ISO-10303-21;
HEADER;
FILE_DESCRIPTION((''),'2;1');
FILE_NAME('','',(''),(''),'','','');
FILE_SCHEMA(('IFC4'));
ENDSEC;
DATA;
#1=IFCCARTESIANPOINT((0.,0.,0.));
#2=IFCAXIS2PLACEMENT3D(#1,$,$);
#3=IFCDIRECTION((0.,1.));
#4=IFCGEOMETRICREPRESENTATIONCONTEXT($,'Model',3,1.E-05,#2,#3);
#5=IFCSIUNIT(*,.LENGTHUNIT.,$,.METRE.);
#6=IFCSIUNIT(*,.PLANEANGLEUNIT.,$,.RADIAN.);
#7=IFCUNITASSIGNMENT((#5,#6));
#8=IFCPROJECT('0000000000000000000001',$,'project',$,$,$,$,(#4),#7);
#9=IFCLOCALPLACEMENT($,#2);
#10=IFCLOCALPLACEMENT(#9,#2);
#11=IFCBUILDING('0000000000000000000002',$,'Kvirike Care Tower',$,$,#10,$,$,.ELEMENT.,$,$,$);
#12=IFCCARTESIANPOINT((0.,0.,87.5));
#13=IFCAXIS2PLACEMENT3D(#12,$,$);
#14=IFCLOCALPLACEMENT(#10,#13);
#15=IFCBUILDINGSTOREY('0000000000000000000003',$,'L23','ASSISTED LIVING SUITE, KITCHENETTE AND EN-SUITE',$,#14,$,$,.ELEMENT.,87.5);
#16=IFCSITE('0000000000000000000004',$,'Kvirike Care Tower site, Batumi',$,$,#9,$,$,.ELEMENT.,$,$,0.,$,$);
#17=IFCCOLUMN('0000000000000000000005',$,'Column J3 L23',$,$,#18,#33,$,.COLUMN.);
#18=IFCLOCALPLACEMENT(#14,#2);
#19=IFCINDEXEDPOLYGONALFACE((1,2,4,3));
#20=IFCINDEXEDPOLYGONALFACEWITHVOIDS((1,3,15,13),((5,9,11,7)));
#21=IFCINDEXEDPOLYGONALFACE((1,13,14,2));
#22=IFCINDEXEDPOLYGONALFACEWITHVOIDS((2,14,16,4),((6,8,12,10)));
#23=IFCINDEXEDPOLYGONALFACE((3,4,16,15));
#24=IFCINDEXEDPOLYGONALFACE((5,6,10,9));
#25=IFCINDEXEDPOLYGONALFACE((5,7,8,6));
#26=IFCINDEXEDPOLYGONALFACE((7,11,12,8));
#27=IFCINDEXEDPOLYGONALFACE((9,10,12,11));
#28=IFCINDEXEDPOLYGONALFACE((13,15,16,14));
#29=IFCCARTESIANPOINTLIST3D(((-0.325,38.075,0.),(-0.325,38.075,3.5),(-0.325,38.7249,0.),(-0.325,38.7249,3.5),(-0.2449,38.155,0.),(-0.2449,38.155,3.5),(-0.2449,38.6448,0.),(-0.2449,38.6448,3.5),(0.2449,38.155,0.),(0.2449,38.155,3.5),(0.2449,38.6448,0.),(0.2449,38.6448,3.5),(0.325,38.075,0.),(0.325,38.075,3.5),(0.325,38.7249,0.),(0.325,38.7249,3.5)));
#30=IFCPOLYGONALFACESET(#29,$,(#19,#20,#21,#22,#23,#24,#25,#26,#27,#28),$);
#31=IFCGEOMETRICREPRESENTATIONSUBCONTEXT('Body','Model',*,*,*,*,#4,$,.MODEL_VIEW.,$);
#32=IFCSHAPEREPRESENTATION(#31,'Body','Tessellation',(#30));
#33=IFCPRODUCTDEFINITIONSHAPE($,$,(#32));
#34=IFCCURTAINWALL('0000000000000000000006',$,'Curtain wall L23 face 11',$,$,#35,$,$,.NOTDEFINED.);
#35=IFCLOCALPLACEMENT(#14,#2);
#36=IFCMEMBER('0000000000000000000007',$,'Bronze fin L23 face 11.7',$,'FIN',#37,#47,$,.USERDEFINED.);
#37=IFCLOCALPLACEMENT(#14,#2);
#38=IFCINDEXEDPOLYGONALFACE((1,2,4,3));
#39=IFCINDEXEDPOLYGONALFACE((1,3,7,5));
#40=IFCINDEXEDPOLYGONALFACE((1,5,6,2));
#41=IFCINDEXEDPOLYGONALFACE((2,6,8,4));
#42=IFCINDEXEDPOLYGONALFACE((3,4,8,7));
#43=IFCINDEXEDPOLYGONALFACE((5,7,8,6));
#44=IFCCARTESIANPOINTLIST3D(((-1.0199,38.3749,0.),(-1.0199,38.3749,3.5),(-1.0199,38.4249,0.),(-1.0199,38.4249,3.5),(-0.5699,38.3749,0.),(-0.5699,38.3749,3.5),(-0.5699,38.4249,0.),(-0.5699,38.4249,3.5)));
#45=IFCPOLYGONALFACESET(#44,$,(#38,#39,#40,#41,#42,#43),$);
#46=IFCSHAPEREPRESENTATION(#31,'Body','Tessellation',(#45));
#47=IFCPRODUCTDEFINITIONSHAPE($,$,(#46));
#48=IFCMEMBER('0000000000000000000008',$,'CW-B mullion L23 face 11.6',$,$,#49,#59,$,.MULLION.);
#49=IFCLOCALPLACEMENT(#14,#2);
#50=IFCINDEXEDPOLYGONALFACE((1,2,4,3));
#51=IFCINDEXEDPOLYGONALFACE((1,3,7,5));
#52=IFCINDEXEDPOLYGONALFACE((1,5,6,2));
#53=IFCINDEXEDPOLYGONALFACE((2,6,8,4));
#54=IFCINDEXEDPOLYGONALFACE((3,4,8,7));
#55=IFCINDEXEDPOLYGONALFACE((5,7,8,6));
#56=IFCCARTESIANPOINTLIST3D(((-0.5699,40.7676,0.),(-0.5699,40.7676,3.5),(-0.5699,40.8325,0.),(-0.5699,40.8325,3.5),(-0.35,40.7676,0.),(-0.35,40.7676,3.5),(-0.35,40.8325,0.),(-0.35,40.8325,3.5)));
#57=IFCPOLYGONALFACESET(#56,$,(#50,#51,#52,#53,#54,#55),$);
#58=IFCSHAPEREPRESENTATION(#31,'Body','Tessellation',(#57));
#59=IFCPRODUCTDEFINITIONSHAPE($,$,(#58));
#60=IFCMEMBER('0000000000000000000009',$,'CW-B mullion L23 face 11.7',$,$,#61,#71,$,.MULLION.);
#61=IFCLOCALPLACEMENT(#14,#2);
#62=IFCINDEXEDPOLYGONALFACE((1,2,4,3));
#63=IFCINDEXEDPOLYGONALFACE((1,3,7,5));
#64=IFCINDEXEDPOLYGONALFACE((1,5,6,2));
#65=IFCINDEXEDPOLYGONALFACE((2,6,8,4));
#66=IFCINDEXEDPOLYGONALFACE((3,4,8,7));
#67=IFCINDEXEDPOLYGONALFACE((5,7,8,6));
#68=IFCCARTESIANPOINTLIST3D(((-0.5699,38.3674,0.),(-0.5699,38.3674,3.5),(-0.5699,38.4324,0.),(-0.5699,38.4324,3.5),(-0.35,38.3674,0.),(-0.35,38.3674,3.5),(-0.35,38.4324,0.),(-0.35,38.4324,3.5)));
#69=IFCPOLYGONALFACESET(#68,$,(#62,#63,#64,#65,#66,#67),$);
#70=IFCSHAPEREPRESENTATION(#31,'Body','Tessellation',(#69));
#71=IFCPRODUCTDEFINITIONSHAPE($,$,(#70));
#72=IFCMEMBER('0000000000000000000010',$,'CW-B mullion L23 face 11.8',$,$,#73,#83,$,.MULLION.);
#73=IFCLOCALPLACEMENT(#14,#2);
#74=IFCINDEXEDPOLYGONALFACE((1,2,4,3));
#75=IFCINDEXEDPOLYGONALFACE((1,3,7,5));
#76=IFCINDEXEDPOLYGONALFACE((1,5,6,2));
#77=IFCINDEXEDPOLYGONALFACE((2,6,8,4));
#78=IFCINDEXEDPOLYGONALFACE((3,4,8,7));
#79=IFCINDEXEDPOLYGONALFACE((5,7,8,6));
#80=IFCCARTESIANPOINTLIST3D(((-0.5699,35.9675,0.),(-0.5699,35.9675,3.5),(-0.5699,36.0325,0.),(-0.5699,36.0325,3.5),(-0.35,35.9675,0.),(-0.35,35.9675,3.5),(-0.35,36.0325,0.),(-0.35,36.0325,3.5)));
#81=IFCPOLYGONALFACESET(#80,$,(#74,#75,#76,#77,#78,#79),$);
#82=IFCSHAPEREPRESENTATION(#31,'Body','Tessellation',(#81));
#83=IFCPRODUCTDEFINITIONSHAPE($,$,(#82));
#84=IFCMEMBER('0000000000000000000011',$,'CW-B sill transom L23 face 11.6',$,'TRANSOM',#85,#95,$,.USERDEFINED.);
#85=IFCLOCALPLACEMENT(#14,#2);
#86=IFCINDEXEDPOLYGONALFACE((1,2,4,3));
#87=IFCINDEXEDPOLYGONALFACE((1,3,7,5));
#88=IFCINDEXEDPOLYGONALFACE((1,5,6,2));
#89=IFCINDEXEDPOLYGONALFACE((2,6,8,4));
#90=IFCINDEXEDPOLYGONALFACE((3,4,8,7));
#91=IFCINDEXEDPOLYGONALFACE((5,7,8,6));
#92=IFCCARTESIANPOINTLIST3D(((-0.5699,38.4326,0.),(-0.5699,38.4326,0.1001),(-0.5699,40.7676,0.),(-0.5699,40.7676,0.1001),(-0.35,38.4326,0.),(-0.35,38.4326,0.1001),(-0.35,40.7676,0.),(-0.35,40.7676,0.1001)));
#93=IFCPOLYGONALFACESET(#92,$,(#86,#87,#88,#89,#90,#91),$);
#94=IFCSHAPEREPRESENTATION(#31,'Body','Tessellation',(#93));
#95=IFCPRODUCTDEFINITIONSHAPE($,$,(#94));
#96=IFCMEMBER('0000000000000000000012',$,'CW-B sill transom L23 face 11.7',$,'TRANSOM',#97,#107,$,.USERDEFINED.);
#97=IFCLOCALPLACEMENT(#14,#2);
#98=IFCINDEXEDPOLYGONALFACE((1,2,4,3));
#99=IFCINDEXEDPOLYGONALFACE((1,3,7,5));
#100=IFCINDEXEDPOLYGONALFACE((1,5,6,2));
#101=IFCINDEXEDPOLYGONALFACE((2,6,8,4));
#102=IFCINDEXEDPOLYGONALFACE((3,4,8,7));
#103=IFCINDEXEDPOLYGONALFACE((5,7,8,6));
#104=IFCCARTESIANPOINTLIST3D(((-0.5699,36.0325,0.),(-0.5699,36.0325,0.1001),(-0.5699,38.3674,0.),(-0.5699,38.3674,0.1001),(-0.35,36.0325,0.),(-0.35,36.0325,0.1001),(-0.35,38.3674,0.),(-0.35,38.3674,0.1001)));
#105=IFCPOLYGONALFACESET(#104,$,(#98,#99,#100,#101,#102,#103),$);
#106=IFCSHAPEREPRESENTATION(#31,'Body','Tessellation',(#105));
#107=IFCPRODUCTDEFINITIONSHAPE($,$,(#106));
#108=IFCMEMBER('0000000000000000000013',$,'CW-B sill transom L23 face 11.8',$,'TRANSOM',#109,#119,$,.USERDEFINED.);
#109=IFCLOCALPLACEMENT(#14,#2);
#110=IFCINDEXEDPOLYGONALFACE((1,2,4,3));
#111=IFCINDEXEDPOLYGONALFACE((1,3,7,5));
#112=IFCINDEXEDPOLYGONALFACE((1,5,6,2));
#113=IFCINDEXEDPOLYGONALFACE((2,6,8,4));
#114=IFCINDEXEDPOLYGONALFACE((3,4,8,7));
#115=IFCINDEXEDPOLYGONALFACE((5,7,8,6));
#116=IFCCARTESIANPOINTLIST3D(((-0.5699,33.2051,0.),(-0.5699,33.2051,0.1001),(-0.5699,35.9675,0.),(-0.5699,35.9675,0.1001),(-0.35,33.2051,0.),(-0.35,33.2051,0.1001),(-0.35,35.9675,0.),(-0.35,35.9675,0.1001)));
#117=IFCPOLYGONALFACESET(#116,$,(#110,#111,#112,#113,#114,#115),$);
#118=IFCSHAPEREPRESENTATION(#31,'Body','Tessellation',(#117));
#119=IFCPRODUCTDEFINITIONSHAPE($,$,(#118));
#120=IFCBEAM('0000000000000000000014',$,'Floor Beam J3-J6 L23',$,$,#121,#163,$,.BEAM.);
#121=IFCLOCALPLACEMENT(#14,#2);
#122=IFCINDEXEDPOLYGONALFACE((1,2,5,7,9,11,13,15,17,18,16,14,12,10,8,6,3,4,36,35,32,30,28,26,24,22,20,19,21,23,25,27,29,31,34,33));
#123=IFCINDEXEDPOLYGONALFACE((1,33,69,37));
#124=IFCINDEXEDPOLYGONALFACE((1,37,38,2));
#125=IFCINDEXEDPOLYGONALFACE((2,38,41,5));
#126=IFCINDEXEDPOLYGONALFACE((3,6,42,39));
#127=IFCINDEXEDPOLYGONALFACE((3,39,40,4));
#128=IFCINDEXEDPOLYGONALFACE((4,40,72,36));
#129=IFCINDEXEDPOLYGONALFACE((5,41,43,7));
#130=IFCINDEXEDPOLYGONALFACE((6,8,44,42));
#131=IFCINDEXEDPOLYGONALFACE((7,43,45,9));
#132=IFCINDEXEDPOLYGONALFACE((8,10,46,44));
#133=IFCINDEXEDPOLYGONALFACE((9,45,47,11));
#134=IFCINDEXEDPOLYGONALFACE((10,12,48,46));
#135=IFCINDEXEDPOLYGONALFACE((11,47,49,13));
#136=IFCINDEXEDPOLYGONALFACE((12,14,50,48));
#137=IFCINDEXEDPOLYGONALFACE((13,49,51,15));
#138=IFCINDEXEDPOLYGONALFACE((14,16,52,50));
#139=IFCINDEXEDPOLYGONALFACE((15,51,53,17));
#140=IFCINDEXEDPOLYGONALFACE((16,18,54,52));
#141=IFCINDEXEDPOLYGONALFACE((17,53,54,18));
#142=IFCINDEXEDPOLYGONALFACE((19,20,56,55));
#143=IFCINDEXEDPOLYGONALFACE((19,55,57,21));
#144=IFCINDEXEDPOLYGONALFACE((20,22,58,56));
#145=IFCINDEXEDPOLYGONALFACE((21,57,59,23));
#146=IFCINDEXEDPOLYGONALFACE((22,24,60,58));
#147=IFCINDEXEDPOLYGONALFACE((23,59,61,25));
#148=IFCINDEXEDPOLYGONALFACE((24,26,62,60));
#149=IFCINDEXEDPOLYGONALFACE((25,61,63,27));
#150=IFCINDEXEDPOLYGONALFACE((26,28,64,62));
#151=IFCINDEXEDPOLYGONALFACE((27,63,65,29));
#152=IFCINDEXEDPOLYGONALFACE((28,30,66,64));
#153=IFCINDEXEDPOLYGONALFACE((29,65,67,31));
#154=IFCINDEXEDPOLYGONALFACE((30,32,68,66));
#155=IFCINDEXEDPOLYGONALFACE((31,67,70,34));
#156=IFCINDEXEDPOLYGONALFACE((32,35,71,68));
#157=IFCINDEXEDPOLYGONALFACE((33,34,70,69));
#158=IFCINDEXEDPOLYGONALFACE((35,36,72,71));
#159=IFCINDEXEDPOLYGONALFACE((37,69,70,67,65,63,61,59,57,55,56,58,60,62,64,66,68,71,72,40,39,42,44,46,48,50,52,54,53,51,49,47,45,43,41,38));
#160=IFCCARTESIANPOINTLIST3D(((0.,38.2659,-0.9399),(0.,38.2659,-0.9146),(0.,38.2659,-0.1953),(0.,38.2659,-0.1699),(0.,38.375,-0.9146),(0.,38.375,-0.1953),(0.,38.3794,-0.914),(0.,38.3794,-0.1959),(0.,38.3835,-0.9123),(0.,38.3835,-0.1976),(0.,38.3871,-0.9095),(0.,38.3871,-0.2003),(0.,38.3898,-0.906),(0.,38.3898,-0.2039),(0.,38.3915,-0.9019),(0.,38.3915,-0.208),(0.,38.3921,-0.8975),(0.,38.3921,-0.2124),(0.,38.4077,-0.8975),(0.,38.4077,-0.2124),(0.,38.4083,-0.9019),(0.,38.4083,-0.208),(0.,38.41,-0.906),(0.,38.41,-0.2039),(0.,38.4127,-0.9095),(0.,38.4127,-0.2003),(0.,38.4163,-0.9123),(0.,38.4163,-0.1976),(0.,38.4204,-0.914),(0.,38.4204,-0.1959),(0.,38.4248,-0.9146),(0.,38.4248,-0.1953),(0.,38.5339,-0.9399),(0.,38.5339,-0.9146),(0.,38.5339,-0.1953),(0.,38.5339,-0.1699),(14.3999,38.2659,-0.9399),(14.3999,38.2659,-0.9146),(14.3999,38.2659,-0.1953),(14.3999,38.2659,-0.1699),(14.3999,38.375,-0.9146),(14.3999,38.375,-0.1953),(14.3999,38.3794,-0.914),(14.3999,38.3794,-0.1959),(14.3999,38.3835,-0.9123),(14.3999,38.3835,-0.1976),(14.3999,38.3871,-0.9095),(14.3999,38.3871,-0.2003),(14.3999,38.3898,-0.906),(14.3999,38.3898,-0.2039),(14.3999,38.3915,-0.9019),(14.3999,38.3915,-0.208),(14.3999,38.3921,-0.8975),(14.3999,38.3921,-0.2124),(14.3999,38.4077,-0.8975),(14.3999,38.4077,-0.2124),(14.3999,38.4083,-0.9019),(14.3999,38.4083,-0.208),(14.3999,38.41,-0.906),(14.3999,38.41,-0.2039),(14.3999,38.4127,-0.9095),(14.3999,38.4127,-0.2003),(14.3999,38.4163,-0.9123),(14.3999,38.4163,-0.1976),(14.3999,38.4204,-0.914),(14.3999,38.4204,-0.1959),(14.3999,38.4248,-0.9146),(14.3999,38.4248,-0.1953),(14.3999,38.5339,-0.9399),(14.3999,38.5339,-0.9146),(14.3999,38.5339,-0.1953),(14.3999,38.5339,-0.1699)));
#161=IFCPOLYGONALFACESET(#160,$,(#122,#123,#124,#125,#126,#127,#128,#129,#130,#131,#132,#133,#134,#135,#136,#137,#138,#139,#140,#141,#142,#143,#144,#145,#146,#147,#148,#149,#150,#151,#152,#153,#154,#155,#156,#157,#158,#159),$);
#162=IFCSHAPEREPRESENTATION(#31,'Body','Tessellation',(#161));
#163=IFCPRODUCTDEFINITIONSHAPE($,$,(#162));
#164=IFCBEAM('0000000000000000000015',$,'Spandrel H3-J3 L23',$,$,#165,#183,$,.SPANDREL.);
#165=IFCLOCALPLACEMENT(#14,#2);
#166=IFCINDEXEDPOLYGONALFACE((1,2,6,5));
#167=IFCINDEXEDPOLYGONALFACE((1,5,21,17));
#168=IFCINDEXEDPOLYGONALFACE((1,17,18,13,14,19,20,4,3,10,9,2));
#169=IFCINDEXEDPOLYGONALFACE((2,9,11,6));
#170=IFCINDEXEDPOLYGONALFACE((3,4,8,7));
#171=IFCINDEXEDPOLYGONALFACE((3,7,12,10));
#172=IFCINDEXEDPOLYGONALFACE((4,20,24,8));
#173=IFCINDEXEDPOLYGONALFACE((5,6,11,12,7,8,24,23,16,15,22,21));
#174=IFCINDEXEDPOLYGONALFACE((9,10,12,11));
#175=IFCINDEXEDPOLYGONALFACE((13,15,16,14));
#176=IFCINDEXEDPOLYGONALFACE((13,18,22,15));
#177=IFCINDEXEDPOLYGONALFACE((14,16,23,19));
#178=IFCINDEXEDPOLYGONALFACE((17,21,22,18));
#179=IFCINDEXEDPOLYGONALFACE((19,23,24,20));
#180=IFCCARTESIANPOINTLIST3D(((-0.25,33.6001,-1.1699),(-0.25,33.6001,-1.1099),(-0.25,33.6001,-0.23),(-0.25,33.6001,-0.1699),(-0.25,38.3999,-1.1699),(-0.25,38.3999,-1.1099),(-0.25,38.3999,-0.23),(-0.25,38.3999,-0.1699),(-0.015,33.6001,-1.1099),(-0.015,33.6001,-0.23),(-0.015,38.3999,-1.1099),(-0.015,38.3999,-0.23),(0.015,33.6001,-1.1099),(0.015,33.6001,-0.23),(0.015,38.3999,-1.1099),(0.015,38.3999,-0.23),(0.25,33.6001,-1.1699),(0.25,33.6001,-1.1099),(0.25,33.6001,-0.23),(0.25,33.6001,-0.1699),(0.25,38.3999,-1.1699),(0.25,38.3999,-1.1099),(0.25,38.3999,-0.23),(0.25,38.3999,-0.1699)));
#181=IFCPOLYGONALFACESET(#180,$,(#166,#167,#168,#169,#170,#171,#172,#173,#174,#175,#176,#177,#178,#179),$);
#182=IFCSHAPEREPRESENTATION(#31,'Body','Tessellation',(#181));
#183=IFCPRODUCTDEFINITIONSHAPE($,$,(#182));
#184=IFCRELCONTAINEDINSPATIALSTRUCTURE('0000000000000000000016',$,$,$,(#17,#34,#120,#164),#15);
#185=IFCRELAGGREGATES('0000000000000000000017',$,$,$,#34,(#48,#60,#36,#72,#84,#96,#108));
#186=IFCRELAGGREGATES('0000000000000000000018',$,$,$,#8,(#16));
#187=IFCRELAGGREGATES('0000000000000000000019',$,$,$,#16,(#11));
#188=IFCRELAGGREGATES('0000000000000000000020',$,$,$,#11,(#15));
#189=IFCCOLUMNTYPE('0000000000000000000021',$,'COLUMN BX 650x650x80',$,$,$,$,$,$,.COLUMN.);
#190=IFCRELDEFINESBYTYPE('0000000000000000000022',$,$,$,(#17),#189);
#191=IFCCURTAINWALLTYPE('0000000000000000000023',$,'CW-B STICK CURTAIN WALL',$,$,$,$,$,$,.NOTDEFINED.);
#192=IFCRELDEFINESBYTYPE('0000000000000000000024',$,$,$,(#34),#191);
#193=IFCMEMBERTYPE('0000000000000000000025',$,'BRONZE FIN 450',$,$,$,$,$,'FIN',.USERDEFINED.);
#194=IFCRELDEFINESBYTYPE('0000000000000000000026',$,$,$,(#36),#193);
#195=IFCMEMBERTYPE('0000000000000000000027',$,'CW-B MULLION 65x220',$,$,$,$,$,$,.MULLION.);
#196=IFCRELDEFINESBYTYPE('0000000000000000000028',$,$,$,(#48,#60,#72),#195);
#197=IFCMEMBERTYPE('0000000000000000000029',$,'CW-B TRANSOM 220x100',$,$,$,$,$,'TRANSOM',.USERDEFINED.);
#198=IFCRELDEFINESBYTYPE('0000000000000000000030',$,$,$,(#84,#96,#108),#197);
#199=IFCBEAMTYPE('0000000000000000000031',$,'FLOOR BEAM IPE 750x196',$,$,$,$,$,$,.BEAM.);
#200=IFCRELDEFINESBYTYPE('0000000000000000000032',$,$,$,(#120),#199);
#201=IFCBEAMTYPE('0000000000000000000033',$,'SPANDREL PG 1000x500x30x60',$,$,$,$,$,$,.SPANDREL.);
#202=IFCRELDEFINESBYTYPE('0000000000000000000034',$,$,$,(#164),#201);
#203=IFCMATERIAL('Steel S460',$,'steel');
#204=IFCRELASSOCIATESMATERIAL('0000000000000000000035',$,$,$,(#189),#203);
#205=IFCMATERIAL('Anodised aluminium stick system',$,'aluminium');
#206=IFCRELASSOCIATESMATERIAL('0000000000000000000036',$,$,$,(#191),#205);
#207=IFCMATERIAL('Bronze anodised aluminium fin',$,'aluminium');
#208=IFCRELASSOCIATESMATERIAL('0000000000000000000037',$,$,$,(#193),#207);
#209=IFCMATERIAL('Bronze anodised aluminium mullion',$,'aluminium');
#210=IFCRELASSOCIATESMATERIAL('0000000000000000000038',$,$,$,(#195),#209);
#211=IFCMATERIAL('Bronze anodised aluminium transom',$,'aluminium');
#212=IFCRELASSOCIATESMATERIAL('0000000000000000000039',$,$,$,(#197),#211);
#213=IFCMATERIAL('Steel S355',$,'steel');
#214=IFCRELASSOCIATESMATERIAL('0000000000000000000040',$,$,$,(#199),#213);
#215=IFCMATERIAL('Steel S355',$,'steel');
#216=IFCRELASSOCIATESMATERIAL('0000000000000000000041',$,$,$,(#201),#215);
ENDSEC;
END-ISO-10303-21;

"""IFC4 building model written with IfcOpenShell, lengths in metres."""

from ifc_helpers import new_model, si_unit, direction, frame, origin, origin_2d, place, context, subcontext, project, spatial, rectangle, hollow_rectangle, i_section, extrude, material, material_profile, profile_set, type_object, element, aggregate, save


model = new_model("IFC4")

# Units and contexts
model_context = context("Model", 3, precision=1e-05, world=origin(), true_north=direction((0.0, 1.0)))
body_context = subcontext(model_context, "Body", "Model", "MODEL_VIEW")
ifc_project = project(units=[si_unit("LENGTHUNIT", "METRE"), si_unit("PLANEANGLEUNIT", "RADIAN")], contexts=[model_context])

# Site, building, storey
site_placement = place(None, origin())
site = spatial("IfcSite", under=ifc_project, at=site_placement, Name="Kvirike Care Tower site, Batumi", CompositionType="ELEMENT", RefElevation=0.0)
building_placement = place(site_placement, origin())
building = spatial("IfcBuilding", under=site, at=building_placement, Name="Kvirike Care Tower", CompositionType="ELEMENT")
storey_placement = place(building_placement, frame((0.0, 0.0, 87.5)))
storey = spatial("IfcBuildingStorey", under=building, at=storey_placement, Name="L23", Description="ASSISTED LIVING SUITE, KITCHENETTE AND EN-SUITE", CompositionType="ELEMENT", Elevation=87.5)

# Column
ifc_material_1 = material(Name="Steel S460", Category="steel")
ifc_material_profile_1 = material_profile(ifc_material_1, hollow_rectangle(XDim=0.6499, YDim=0.6499, WallThickness=0.0801, at=origin_2d()), Name="BX 650x650x80")
ifc_profile_set_1 = profile_set([ifc_material_profile_1], Name="Steel S460")
column_type = type_object("IfcColumnType", Name="COLUMN BX 650x650x80", PredefinedType="COLUMN", material=ifc_profile_set_1)
column_placement = place(storey_placement, frame((0.0, 38.3999, 0.0), z_axis=(0.0, 0.0, 1.0), x_axis=(1.0, 0.0, 0.0)))
element("IfcColumn", 1, at=column_placement, inside=storey, type_object=column_type, Name="Column J3 L23", PredefinedType="COLUMN", context=body_context, shape_type="SweptSolid", body=[
    extrude(hollow_rectangle(XDim=0.6499, YDim=0.6499, WallThickness=0.0801, at=origin_2d()), origin(), (0.0, 0.0, 1.0), 3.5),
])

# Curtain wall, members
ifc_material_2 = material(Name="Anodised aluminium stick system", Category="aluminium")
curtain_wall_type = type_object("IfcCurtainWallType", Name="CW-B STICK CURTAIN WALL", PredefinedType="NOTDEFINED", material=ifc_material_2)
curtain_wall_placement = place(storey_placement, origin())
curtain_wall = element("IfcCurtainWall", 2, at=curtain_wall_placement, inside=storey, type_object=curtain_wall_type, Name="Curtain wall L23 face 11", PredefinedType="NOTDEFINED")
ifc_material_3 = material(Name="Bronze anodised aluminium fin", Category="aluminium")
ifc_material_profile_2 = material_profile(ifc_material_3, rectangle(XDim=0.05, YDim=0.45, at=origin_2d()), Name="BRONZE FIN 450")
ifc_profile_set_2 = profile_set([ifc_material_profile_2], Name="Bronze anodised aluminium fin")
member_type_1 = type_object("IfcMemberType", Name="BRONZE FIN 450", ElementType="FIN", PredefinedType="USERDEFINED", material=ifc_profile_set_2)
member_1_placement = place(storey_placement, frame((-0.7949, 38.3999, 0.0), z_axis=(0.0, 0.0, 1.0), x_axis=(0.0, -1.0, 0.0)))
member_1 = element("IfcMember", 3, at=member_1_placement, type_object=member_type_1, Name="Bronze fin L23 face 11.7", ObjectType="FIN", PredefinedType="USERDEFINED", context=body_context, shape_type="SweptSolid", body=[
    extrude(rectangle(XDim=0.05, YDim=0.45, at=origin_2d()), origin(), (0.0, 0.0, 1.0), 3.5),
])
ifc_material_4 = material(Name="Bronze anodised aluminium mullion", Category="aluminium")
ifc_material_profile_3 = material_profile(ifc_material_4, rectangle(XDim=0.0649, YDim=0.22, at=origin_2d()), Name="CW-B MULLION 65x220")
ifc_profile_set_3 = profile_set([ifc_material_profile_3], Name="Bronze anodised aluminium mullion")
member_type_2 = type_object("IfcMemberType", Name="CW-B MULLION 65x220", PredefinedType="MULLION", material=ifc_profile_set_3)
member_2_placement = place(storey_placement, frame((-0.46, 40.8, 0.0), z_axis=(0.0, 0.0, 1.0), x_axis=(0.0, -1.0, 0.0)))
member_2 = element("IfcMember", 4, at=member_2_placement, type_object=member_type_2, Name="CW-B mullion L23 face 11.6", PredefinedType="MULLION", context=body_context, shape_type="SweptSolid", body=[
    extrude(rectangle(XDim=0.0649, YDim=0.22, at=origin_2d()), origin(), (0.0, 0.0, 1.0), 3.5),
])
member_3_placement = place(storey_placement, frame((-0.46, 38.3999, 0.0), z_axis=(0.0, 0.0, 1.0), x_axis=(0.0, -1.0, 0.0)))
member_3 = element("IfcMember", 5, at=member_3_placement, type_object=member_type_2, Name="CW-B mullion L23 face 11.7", PredefinedType="MULLION", context=body_context, shape_type="SweptSolid", body=[
    extrude(rectangle(XDim=0.0649, YDim=0.22, at=origin_2d()), origin(), (0.0, 0.0, 1.0), 3.5),
])
member_4_placement = place(storey_placement, frame((-0.46, 36.0, 0.0), z_axis=(0.0, 0.0, 1.0), x_axis=(0.0, -1.0, 0.0)))
member_4 = element("IfcMember", 6, at=member_4_placement, type_object=member_type_2, Name="CW-B mullion L23 face 11.8", PredefinedType="MULLION", context=body_context, shape_type="SweptSolid", body=[
    extrude(rectangle(XDim=0.0649, YDim=0.22, at=origin_2d()), origin(), (0.0, 0.0, 1.0), 3.5),
])
ifc_material_5 = material(Name="Bronze anodised aluminium transom", Category="aluminium")
ifc_material_profile_4 = material_profile(ifc_material_5, rectangle(XDim=0.22, YDim=0.1001, at=origin_2d()), Name="CW-B TRANSOM 220x100")
ifc_profile_set_4 = profile_set([ifc_material_profile_4], Name="Bronze anodised aluminium transom")
member_type_3 = type_object("IfcMemberType", Name="CW-B TRANSOM 220x100", ElementType="TRANSOM", PredefinedType="USERDEFINED", material=ifc_profile_set_4)
member_5_placement = place(storey_placement, frame((-0.46, 40.7676, 0.05), z_axis=(0.0, -1.0, 0.0), x_axis=(1.0, 0.0, 0.0)))
member_5 = element("IfcMember", 7, at=member_5_placement, type_object=member_type_3, Name="CW-B sill transom L23 face 11.6", ObjectType="TRANSOM", PredefinedType="USERDEFINED", context=body_context, shape_type="SweptSolid", body=[
    extrude(rectangle(XDim=0.22, YDim=0.1001, at=origin_2d()), origin(), (0.0, 0.0, 1.0), 2.335),
])
member_6_placement = place(storey_placement, frame((-0.46, 38.3674, 0.05), z_axis=(0.0, -1.0, 0.0), x_axis=(1.0, 0.0, 0.0)))
member_6 = element("IfcMember", 8, at=member_6_placement, type_object=member_type_3, Name="CW-B sill transom L23 face 11.7", ObjectType="TRANSOM", PredefinedType="USERDEFINED", context=body_context, shape_type="SweptSolid", body=[
    extrude(rectangle(XDim=0.22, YDim=0.1001, at=origin_2d()), origin(), (0.0, 0.0, 1.0), 2.335),
])
member_7_placement = place(storey_placement, frame((-0.46, 35.9675, 0.05), z_axis=(0.0, -1.0, 0.0), x_axis=(1.0, 0.0, 0.0)))
member_7 = element("IfcMember", 9, at=member_7_placement, type_object=member_type_3, Name="CW-B sill transom L23 face 11.8", ObjectType="TRANSOM", PredefinedType="USERDEFINED", context=body_context, shape_type="SweptSolid", body=[
    extrude(rectangle(XDim=0.22, YDim=0.1001, at=origin_2d()), origin(), (0.0, 0.0, 1.0), 2.7625),
])

# Beams
ifc_material_6 = material(Name="Steel S355", Category="steel")
ifc_material_profile_5 = material_profile(ifc_material_6, i_section(OverallWidth=0.2681, OverallDepth=0.77, WebThickness=0.0156, FlangeThickness=0.0254, FilletRadius=0.0171, at=origin_2d()), Name="IPE 750x196")
ifc_profile_set_5 = profile_set([ifc_material_profile_5], Name="Steel S355")
beam_type_1 = type_object("IfcBeamType", Name="FLOOR BEAM IPE 750x196", PredefinedType="BEAM", material=ifc_profile_set_5)
beam_1_placement = place(storey_placement, frame((0.0, 38.3999, -0.5549), z_axis=(1.0, 0.0, 0.0), x_axis=(0.0, 1.0, 0.0)))
element("IfcBeam", 10, at=beam_1_placement, inside=storey, type_object=beam_type_1, Name="Floor Beam J3-J6 L23", PredefinedType="BEAM", context=body_context, shape_type="SweptSolid", body=[
    extrude(i_section(OverallWidth=0.2681, OverallDepth=0.77, WebThickness=0.0156, FlangeThickness=0.0254, FilletRadius=0.0171, at=origin_2d()), origin(), (0.0, 0.0, 1.0), 14.3999),
])
ifc_material_7 = material(Name="Steel S355", Category="steel")
ifc_material_profile_6 = material_profile(ifc_material_7, i_section(OverallWidth=0.5, OverallDepth=1.0, WebThickness=0.03, FlangeThickness=0.0601, at=origin_2d()), Name="PG 1000x500x30x60")
ifc_profile_set_6 = profile_set([ifc_material_profile_6], Name="Steel S355")
beam_type_2 = type_object("IfcBeamType", Name="SPANDREL PG 1000x500x30x60", PredefinedType="SPANDREL", material=ifc_profile_set_6)
beam_2_placement = place(storey_placement, frame((0.0, 33.6001, -0.6699), z_axis=(0.0, 1.0, 0.0), x_axis=(-1.0, 0.0, 0.0)))
element("IfcBeam", 11, at=beam_2_placement, inside=storey, type_object=beam_type_2, Name="Spandrel H3-J3 L23", PredefinedType="SPANDREL", context=body_context, shape_type="SweptSolid", body=[
    extrude(i_section(OverallWidth=0.5, OverallDepth=1.0, WebThickness=0.03, FlangeThickness=0.0601, at=origin_2d()), origin(), (0.0, 0.0, 1.0), 4.7998),
])

aggregate(curtain_wall, [member_2, member_3, member_1, member_4, member_5, member_6, member_7])

save(model, "model.ifc")
